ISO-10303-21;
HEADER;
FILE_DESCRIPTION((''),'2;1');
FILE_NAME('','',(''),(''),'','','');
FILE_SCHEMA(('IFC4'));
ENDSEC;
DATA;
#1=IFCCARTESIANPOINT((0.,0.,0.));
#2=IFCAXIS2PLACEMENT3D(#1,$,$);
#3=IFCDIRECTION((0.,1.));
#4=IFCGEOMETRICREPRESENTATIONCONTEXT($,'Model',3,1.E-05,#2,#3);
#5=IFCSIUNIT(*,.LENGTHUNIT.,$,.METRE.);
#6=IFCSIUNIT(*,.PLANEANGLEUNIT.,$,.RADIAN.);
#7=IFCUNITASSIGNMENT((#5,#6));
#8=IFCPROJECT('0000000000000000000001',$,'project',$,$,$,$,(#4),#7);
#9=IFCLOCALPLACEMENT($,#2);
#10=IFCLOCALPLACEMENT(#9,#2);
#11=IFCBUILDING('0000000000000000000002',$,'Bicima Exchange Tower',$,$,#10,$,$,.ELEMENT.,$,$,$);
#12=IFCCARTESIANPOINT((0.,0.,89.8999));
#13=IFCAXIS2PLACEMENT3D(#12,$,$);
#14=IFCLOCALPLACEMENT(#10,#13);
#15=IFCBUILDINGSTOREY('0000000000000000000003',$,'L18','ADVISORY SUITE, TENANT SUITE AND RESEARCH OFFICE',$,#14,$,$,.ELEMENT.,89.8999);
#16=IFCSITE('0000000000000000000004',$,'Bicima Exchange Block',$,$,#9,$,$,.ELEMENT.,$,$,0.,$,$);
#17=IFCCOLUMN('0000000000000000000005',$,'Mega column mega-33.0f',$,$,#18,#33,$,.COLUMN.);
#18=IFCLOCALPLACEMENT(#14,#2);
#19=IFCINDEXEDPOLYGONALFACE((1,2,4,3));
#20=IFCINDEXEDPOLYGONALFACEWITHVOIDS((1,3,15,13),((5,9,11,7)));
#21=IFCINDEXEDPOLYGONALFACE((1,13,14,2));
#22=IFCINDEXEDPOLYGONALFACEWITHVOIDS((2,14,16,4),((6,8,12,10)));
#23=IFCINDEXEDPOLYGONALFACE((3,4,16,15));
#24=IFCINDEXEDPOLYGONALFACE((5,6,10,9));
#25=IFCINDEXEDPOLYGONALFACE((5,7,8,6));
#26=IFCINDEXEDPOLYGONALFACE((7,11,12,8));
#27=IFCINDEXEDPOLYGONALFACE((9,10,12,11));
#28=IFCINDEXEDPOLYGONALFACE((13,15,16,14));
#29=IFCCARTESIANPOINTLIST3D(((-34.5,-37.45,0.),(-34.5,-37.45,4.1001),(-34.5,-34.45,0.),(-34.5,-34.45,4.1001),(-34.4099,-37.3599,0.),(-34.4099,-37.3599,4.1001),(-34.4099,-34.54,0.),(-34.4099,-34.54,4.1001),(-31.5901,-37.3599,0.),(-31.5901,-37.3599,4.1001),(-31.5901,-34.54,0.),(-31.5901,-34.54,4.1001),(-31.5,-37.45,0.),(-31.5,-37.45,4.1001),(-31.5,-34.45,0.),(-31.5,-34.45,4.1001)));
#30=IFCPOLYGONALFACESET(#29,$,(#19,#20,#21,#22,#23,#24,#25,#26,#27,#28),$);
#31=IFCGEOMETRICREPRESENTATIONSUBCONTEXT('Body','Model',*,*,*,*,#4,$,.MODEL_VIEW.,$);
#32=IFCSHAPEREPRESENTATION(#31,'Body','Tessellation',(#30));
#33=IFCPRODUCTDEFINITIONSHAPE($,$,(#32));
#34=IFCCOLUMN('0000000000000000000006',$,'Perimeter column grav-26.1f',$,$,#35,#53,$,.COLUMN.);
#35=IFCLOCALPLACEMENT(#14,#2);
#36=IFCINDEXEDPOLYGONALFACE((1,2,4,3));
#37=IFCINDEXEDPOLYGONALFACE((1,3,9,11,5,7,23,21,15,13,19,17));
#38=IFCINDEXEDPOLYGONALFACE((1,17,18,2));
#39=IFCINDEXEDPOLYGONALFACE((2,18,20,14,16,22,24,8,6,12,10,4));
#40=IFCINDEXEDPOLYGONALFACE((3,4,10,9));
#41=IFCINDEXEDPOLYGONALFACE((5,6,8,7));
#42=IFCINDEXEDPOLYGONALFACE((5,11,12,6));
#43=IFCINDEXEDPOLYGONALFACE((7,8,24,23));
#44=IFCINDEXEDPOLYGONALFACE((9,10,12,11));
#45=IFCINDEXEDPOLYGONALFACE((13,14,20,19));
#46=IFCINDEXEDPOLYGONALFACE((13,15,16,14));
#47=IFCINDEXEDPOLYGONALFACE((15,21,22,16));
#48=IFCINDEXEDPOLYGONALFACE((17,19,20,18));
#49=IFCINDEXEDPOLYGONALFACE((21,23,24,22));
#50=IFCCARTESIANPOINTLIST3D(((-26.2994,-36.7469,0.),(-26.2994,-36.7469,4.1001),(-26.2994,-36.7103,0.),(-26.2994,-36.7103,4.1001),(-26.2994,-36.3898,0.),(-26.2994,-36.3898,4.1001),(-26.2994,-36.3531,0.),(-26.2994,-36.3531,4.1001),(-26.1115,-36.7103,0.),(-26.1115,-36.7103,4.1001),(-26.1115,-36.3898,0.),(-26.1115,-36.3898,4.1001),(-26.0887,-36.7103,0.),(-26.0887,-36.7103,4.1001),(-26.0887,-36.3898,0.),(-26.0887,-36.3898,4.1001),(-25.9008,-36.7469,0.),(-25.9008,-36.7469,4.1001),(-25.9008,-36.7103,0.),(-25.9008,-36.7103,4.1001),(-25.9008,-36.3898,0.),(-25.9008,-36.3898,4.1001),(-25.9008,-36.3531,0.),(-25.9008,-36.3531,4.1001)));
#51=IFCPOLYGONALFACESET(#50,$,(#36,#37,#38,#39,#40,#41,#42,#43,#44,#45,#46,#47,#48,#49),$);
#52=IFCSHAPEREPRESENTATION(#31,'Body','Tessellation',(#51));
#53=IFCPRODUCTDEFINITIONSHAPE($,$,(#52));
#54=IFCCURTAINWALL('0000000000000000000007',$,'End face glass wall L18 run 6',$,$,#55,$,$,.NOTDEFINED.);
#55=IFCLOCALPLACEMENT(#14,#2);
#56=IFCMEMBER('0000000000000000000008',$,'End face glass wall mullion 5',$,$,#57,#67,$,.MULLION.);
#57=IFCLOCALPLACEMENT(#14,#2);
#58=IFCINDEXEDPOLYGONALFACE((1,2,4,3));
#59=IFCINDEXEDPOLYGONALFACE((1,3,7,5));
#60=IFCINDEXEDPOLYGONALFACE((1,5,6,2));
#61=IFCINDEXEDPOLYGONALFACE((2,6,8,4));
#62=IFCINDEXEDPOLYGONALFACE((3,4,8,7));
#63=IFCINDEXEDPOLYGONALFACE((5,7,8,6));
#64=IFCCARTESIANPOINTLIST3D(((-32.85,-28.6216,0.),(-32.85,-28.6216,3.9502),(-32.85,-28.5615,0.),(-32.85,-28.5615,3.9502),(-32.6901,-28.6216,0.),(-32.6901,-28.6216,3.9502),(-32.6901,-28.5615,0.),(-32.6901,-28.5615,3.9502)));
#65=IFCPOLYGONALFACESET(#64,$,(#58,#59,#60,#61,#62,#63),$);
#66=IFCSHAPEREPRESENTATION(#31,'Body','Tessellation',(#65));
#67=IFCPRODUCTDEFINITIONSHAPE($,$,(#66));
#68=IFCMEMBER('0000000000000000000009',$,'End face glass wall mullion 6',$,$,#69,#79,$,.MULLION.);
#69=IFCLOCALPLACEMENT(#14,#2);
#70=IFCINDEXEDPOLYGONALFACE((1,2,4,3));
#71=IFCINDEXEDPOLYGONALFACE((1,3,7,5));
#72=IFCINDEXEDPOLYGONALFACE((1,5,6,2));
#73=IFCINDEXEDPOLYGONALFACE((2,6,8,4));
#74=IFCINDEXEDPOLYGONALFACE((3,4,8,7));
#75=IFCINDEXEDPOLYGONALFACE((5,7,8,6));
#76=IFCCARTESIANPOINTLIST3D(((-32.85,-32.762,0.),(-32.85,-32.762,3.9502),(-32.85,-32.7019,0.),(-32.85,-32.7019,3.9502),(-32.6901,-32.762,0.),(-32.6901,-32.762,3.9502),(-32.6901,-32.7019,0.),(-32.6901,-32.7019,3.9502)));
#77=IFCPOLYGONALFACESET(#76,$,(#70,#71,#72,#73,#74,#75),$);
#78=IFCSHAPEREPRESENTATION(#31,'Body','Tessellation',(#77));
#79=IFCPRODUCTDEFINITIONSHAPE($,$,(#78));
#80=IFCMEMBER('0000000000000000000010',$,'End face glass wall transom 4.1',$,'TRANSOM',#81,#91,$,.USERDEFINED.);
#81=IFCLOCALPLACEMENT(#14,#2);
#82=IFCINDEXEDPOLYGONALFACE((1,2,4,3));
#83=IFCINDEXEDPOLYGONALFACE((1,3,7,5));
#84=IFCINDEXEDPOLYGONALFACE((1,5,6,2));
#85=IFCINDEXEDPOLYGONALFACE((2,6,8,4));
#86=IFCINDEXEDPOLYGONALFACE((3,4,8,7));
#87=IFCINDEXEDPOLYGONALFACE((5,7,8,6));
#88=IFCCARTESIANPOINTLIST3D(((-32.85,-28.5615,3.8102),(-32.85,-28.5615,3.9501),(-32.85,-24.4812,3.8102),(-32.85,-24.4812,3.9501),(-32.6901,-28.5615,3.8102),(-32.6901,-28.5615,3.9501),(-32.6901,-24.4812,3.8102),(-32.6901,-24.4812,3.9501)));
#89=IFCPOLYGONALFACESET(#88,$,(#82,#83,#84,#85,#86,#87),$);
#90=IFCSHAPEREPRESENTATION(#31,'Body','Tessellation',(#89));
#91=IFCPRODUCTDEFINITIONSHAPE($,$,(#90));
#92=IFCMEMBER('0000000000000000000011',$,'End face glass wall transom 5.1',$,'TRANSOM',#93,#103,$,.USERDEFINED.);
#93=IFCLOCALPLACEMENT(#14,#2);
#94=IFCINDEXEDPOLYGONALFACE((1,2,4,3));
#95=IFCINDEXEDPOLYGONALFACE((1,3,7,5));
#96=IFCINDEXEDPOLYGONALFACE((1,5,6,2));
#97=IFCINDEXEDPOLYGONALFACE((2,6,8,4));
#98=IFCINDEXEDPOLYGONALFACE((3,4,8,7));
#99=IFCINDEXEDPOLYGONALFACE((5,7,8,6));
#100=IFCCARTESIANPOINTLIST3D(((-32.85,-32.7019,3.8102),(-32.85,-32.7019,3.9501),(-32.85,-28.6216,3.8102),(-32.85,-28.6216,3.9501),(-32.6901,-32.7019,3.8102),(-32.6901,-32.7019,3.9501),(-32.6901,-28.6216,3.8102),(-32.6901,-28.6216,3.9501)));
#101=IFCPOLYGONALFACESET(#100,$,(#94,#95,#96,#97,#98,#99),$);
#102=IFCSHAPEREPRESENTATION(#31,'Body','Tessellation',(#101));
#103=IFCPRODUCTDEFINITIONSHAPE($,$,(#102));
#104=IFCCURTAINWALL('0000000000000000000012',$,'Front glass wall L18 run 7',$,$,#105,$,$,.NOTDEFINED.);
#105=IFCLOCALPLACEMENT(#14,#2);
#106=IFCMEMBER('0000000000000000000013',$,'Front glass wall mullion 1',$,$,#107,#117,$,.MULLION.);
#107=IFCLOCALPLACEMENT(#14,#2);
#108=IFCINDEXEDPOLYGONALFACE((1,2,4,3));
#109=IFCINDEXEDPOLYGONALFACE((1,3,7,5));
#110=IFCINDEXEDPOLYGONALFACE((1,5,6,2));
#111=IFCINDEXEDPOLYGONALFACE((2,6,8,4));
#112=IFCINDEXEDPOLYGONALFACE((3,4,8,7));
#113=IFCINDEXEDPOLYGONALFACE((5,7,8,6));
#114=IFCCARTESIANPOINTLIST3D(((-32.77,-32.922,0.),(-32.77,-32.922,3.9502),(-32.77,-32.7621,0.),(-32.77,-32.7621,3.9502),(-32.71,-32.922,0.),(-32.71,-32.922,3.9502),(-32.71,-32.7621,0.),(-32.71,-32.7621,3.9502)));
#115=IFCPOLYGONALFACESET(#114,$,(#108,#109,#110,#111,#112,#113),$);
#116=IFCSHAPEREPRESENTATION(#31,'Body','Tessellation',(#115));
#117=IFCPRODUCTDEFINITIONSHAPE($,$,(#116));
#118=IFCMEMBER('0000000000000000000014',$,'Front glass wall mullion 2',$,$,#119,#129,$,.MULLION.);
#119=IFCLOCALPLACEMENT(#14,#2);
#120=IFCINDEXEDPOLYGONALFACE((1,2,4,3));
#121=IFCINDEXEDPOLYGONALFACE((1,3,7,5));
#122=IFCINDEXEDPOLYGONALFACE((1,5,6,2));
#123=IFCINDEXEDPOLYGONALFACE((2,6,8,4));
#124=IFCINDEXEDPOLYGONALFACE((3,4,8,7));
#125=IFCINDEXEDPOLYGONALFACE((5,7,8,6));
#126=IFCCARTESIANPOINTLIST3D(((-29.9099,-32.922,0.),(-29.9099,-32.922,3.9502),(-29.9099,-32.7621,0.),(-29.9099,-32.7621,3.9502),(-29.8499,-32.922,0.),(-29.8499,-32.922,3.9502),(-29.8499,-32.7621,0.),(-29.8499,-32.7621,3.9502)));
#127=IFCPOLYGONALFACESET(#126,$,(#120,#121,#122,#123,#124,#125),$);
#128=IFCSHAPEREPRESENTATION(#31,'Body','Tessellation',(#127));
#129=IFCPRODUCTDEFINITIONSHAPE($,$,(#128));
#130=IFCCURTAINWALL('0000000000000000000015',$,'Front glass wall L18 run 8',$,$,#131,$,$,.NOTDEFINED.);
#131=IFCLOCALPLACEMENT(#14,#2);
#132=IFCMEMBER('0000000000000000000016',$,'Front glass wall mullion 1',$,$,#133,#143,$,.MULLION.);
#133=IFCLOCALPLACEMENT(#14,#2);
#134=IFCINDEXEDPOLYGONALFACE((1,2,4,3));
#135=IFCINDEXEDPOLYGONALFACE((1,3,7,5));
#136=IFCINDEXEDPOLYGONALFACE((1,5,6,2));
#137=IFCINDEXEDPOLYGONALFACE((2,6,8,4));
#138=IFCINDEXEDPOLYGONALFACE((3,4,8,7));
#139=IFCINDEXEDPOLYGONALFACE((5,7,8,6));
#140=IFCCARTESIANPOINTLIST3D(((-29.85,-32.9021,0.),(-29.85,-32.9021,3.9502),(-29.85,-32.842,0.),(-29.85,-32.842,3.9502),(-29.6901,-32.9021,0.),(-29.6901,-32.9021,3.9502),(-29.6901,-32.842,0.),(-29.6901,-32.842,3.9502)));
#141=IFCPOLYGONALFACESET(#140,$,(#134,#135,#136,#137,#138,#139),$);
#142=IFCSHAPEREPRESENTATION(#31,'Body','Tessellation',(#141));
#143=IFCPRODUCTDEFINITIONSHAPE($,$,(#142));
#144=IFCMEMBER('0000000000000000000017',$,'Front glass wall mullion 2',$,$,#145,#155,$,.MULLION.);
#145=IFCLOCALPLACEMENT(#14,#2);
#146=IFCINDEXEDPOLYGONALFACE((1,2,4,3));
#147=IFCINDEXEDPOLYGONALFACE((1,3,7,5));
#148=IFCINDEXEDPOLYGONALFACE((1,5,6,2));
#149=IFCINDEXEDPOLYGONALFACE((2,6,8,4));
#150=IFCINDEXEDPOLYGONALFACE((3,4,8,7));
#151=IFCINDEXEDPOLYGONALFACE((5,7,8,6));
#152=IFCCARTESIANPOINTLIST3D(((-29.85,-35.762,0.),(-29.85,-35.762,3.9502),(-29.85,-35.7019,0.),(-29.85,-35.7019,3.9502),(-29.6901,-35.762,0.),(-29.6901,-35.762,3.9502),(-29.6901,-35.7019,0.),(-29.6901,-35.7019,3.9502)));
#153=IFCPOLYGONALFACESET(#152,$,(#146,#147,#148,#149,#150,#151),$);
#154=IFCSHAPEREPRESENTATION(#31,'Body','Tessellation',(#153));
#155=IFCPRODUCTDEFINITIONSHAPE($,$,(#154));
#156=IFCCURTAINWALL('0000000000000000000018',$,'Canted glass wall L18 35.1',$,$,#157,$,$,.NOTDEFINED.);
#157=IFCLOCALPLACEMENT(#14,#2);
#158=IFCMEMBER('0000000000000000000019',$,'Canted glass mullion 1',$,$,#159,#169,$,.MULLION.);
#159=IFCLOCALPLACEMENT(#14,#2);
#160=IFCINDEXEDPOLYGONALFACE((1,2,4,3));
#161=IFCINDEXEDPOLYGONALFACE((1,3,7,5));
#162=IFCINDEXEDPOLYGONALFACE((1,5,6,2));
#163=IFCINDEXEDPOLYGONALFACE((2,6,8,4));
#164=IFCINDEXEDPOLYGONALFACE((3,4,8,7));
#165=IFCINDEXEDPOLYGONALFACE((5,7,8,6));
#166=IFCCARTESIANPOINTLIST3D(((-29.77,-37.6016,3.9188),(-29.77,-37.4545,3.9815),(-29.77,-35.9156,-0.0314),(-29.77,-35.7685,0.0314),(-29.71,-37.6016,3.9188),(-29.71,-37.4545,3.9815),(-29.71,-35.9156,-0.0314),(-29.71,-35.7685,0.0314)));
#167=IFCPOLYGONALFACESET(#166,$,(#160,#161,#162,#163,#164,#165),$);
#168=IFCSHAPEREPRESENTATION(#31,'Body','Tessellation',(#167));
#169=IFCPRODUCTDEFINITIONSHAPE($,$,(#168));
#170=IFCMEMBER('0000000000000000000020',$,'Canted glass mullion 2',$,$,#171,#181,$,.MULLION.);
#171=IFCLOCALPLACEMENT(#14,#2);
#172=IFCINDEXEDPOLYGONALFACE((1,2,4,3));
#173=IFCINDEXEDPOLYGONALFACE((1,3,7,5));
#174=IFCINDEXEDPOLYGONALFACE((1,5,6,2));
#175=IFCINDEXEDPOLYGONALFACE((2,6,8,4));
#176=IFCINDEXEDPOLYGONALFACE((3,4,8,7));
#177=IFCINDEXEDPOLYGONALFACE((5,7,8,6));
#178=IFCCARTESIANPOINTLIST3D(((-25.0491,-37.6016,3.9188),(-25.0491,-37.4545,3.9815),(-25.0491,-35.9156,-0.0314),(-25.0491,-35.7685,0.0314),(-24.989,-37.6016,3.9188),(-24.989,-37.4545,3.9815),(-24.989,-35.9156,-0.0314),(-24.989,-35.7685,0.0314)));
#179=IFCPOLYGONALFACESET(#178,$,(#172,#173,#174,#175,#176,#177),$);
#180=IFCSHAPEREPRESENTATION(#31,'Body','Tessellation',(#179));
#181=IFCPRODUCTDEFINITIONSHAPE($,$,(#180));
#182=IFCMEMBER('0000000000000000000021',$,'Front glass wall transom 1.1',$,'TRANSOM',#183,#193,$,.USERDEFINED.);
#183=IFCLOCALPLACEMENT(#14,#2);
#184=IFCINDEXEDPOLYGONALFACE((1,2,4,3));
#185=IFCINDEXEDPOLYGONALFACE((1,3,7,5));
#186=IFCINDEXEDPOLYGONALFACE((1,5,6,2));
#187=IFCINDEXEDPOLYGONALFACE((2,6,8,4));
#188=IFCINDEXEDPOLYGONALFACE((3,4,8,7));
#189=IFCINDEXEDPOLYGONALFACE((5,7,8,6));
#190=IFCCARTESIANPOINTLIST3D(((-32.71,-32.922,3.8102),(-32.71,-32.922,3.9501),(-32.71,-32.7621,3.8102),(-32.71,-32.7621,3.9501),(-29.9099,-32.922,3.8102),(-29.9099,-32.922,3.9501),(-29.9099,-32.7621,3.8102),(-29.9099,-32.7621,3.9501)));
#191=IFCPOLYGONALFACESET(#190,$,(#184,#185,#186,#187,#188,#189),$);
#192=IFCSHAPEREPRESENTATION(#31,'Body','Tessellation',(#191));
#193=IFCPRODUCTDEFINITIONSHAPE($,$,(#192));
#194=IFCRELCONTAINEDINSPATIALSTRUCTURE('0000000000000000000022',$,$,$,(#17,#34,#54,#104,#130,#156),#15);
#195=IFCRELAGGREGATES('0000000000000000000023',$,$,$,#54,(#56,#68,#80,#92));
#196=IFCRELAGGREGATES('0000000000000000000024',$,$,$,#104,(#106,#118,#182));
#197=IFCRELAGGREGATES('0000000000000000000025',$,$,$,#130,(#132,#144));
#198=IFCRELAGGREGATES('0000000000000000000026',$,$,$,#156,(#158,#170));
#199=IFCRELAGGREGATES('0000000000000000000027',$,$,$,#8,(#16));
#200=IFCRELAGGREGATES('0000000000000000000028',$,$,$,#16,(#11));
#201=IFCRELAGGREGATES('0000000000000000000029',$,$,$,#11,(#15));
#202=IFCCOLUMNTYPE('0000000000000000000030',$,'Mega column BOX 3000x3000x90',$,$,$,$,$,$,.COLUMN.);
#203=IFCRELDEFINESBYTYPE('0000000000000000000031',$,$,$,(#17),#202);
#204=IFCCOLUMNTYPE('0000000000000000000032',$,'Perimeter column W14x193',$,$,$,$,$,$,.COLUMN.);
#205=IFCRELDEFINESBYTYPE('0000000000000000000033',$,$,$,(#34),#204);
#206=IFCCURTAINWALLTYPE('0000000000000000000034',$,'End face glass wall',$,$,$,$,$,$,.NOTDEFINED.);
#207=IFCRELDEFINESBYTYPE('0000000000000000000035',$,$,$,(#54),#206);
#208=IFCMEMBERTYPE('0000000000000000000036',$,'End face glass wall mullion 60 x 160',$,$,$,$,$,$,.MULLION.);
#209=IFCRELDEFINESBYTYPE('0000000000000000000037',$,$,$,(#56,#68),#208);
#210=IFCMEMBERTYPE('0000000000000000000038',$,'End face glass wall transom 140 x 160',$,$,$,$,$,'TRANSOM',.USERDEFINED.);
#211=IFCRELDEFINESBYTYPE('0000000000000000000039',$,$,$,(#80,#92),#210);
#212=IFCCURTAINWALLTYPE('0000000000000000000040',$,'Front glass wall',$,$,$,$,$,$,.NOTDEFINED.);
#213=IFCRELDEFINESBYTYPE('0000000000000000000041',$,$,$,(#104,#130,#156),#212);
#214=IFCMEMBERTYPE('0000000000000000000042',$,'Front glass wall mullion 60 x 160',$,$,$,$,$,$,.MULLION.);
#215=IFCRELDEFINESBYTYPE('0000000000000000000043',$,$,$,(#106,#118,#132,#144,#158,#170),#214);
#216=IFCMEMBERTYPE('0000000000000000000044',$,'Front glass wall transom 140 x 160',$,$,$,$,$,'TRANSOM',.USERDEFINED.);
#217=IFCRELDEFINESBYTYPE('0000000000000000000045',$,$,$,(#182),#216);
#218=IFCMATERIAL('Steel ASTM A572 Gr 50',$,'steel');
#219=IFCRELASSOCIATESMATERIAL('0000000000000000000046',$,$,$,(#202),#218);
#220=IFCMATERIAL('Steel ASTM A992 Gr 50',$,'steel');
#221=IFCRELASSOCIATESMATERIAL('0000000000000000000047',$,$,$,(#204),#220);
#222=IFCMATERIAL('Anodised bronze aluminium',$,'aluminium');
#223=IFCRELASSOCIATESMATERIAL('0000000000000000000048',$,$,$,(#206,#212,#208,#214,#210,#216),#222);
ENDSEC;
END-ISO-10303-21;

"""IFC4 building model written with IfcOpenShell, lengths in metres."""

from ifc_helpers import new_model, si_unit, direction, frame, origin, origin_2d, place, context, subcontext, project, spatial, rectangle, hollow_rectangle, i_section, extrude, material, material_profile, profile_set, type_object, element, aggregate, save


model = new_model("IFC4")

# Units and contexts
model_context = context("Model", 3, precision=1e-05, world=origin(), true_north=direction((0.0, 1.0)))
body_context = subcontext(model_context, "Body", "Model", "MODEL_VIEW")
ifc_project = project(units=[si_unit("LENGTHUNIT", "METRE"), si_unit("PLANEANGLEUNIT", "RADIAN")], contexts=[model_context])

# Site, building, storey
site_placement = place(None, origin())
site = spatial("IfcSite", under=ifc_project, at=site_placement, Name="Bicima Exchange Block", CompositionType="ELEMENT", RefElevation=0.0)
building_placement = place(site_placement, origin())
building = spatial("IfcBuilding", under=site, at=building_placement, Name="Bicima Exchange Tower", CompositionType="ELEMENT")
storey_placement = place(building_placement, frame((0.0, 0.0, 89.8999)))
storey = spatial("IfcBuildingStorey", under=building, at=storey_placement, Name="L18", Description="ADVISORY SUITE, TENANT SUITE AND RESEARCH OFFICE", CompositionType="ELEMENT", Elevation=89.8999)

# Columns
ifc_material_1 = material(Name="Steel ASTM A572 Gr 50", Category="steel")
ifc_material_profile_1 = material_profile(ifc_material_1, hollow_rectangle(XDim=3.0, YDim=3.0, WallThickness=0.0901, at=origin_2d()))
ifc_profile_set_1 = profile_set([ifc_material_profile_1], Name="Steel ASTM A572 Gr 50")
column_type_1 = type_object("IfcColumnType", Name="Mega column BOX 3000x3000x90", PredefinedType="COLUMN", material=ifc_profile_set_1)
column_1_placement = place(storey_placement, frame((-33.0, -35.95, 0.0), z_axis=(0.0, 0.0, 1.0), x_axis=(1.0, 0.0, 0.0)))
element("IfcColumn", 1, at=column_1_placement, inside=storey, type_object=column_type_1, Name="Mega column mega-33.0f", PredefinedType="COLUMN", context=body_context, shape_type="SweptSolid", body=[
    extrude(hollow_rectangle(XDim=3.0, YDim=3.0, WallThickness=0.0901, at=origin_2d()), origin(), (0.0, 0.0, 1.0), 4.1001),
])
ifc_material_2 = material(Name="Steel ASTM A992 Gr 50", Category="steel")
ifc_material_profile_2 = material_profile(ifc_material_2, i_section(OverallWidth=0.3987, OverallDepth=0.3938, WebThickness=0.0227, FlangeThickness=0.0366, at=origin_2d()))
ifc_profile_set_2 = profile_set([ifc_material_profile_2], Name="Steel ASTM A992 Gr 50")
column_type_2 = type_object("IfcColumnType", Name="Perimeter column W14x193", PredefinedType="COLUMN", material=ifc_profile_set_2)
column_2_placement = place(storey_placement, frame((-26.1001, -36.55, 0.0), z_axis=(0.0, 0.0, 1.0), x_axis=(1.0, 0.0, 0.0)))
element("IfcColumn", 2, at=column_2_placement, inside=storey, type_object=column_type_2, Name="Perimeter column grav-26.1f", PredefinedType="COLUMN", context=body_context, shape_type="SweptSolid", body=[
    extrude(i_section(OverallWidth=0.3987, OverallDepth=0.3938, WebThickness=0.0227, FlangeThickness=0.0366, at=origin_2d()), origin(), (0.0, 0.0, 1.0), 4.1001),
])

# Curtain walls, members
ifc_material_3 = material(Name="Anodised bronze aluminium", Category="aluminium")
curtain_wall_type_1 = type_object("IfcCurtainWallType", Name="End face glass wall", PredefinedType="NOTDEFINED", material=ifc_material_3)
curtain_wall_1_placement = place(storey_placement, origin())
curtain_wall_1 = element("IfcCurtainWall", 3, at=curtain_wall_1_placement, inside=storey, type_object=curtain_wall_type_1, Name="End face glass wall L18 run 6", PredefinedType="NOTDEFINED")
ifc_material_profile_3 = material_profile(ifc_material_3, rectangle(XDim=0.1599, YDim=0.0601, at=origin_2d()))
ifc_profile_set_3 = profile_set([ifc_material_profile_3], Name="Anodised bronze aluminium")
member_type_1 = type_object("IfcMemberType", Name="End face glass wall mullion 60 x 160", PredefinedType="MULLION", material=ifc_profile_set_3)
member_1_placement = place(storey_placement, frame((-32.77, -28.5916, 0.0), z_axis=(0.0, 0.0, 1.0), x_axis=(1.0, 0.0, 0.0)))
member_1 = element("IfcMember", 4, at=member_1_placement, type_object=member_type_1, Name="End face glass wall mullion 5", PredefinedType="MULLION", context=body_context, shape_type="SweptSolid", body=[
    extrude(rectangle(XDim=0.1599, YDim=0.0601, at=origin_2d()), origin(), (0.0, 0.0, 1.0), 3.9502),
])
member_2_placement = place(storey_placement, frame((-32.77, -32.7319, 0.0), z_axis=(0.0, 0.0, 1.0), x_axis=(1.0, 0.0, 0.0)))
member_2 = element("IfcMember", 5, at=member_2_placement, type_object=member_type_1, Name="End face glass wall mullion 6", PredefinedType="MULLION", context=body_context, shape_type="SweptSolid", body=[
    extrude(rectangle(XDim=0.1599, YDim=0.0601, at=origin_2d()), origin(), (0.0, 0.0, 1.0), 3.9502),
])
ifc_material_profile_4 = material_profile(ifc_material_3, rectangle(XDim=0.1599, YDim=0.1399, at=origin_2d()))
ifc_profile_set_4 = profile_set([ifc_material_profile_4], Name="Anodised bronze aluminium")
member_type_2 = type_object("IfcMemberType", Name="End face glass wall transom 140 x 160", ElementType="TRANSOM", PredefinedType="USERDEFINED", material=ifc_profile_set_4)
member_3_placement = place(storey_placement, frame((-32.77, -24.4812, 3.8801), z_axis=(0.0, -1.0, 0.0), x_axis=(1.0, 0.0, 0.0)))
member_3 = element("IfcMember", 6, at=member_3_placement, type_object=member_type_2, Name="End face glass wall transom 4.1", ObjectType="TRANSOM", PredefinedType="USERDEFINED", context=body_context, shape_type="SweptSolid", body=[
    extrude(rectangle(XDim=0.1599, YDim=0.1399, at=origin_2d()), origin(), (0.0, 0.0, 1.0), 4.0803),
])
member_4_placement = place(storey_placement, frame((-32.77, -28.6216, 3.8801), z_axis=(0.0, -1.0, 0.0), x_axis=(1.0, 0.0, 0.0)))
member_4 = element("IfcMember", 7, at=member_4_placement, type_object=member_type_2, Name="End face glass wall transom 5.1", ObjectType="TRANSOM", PredefinedType="USERDEFINED", context=body_context, shape_type="SweptSolid", body=[
    extrude(rectangle(XDim=0.1599, YDim=0.1399, at=origin_2d()), origin(), (0.0, 0.0, 1.0), 4.0803),
])
curtain_wall_type_2 = type_object("IfcCurtainWallType", Name="Front glass wall", PredefinedType="NOTDEFINED", material=ifc_material_3)
curtain_wall_2_placement = place(storey_placement, origin())
curtain_wall_2 = element("IfcCurtainWall", 8, at=curtain_wall_2_placement, inside=storey, type_object=curtain_wall_type_2, Name="Front glass wall L18 run 7", PredefinedType="NOTDEFINED")
member_type_3 = type_object("IfcMemberType", Name="Front glass wall mullion 60 x 160", PredefinedType="MULLION", material=ifc_profile_set_3)
member_5_placement = place(storey_placement, frame((-32.74, -32.842, 0.0), z_axis=(0.0, 0.0, 1.0), x_axis=(0.0, 1.0, 0.0)))
member_5 = element("IfcMember", 9, at=member_5_placement, type_object=member_type_3, Name="Front glass wall mullion 1", PredefinedType="MULLION", context=body_context, shape_type="SweptSolid", body=[
    extrude(rectangle(XDim=0.1599, YDim=0.0601, at=origin_2d()), origin(), (0.0, 0.0, 1.0), 3.9502),
])
member_6_placement = place(storey_placement, frame((-29.8799, -32.842, 0.0), z_axis=(0.0, 0.0, 1.0), x_axis=(0.0, 1.0, 0.0)))
member_6 = element("IfcMember", 10, at=member_6_placement, type_object=member_type_3, Name="Front glass wall mullion 2", PredefinedType="MULLION", context=body_context, shape_type="SweptSolid", body=[
    extrude(rectangle(XDim=0.1599, YDim=0.0601, at=origin_2d()), origin(), (0.0, 0.0, 1.0), 3.9502),
])
curtain_wall_3_placement = place(storey_placement, origin())
curtain_wall_3 = element("IfcCurtainWall", 11, at=curtain_wall_3_placement, inside=storey, type_object=curtain_wall_type_2, Name="Front glass wall L18 run 8", PredefinedType="NOTDEFINED")
member_7_placement = place(storey_placement, frame((-29.77, -32.8721, 0.0), z_axis=(0.0, 0.0, 1.0), x_axis=(1.0, 0.0, 0.0)))
member_7 = element("IfcMember", 12, at=member_7_placement, type_object=member_type_3, Name="Front glass wall mullion 1", PredefinedType="MULLION", context=body_context, shape_type="SweptSolid", body=[
    extrude(rectangle(XDim=0.1599, YDim=0.0601, at=origin_2d()), origin(), (0.0, 0.0, 1.0), 3.9502),
])
member_8_placement = place(storey_placement, frame((-29.77, -35.7319, 0.0), z_axis=(0.0, 0.0, 1.0), x_axis=(1.0, 0.0, 0.0)))
member_8 = element("IfcMember", 13, at=member_8_placement, type_object=member_type_3, Name="Front glass wall mullion 2", PredefinedType="MULLION", context=body_context, shape_type="SweptSolid", body=[
    extrude(rectangle(XDim=0.1599, YDim=0.0601, at=origin_2d()), origin(), (0.0, 0.0, 1.0), 3.9502),
])
curtain_wall_4_placement = place(storey_placement, origin())
curtain_wall_4 = element("IfcCurtainWall", 14, at=curtain_wall_4_placement, inside=storey, type_object=curtain_wall_type_2, Name="Canted glass wall L18 35.1", PredefinedType="NOTDEFINED")
member_9_placement = place(storey_placement, frame((-29.74, -35.842, 0.0), z_axis=(0.0, -0.392561, 0.919726), x_axis=(0.0, 0.919726, 0.392561)))
member_9 = element("IfcMember", 15, at=member_9_placement, type_object=member_type_3, Name="Canted glass mullion 1", PredefinedType="MULLION", context=body_context, shape_type="SweptSolid", body=[
    extrude(rectangle(XDim=0.1599, YDim=0.0601, at=origin_2d()), origin(), (0.0, 0.0, 1.0), 4.2949),
])
member_10_placement = place(storey_placement, frame((-25.019, -35.842, 0.0), z_axis=(0.0, -0.392561, 0.919726), x_axis=(0.0, 0.919726, 0.392561)))
member_10 = element("IfcMember", 16, at=member_10_placement, type_object=member_type_3, Name="Canted glass mullion 2", PredefinedType="MULLION", context=body_context, shape_type="SweptSolid", body=[
    extrude(rectangle(XDim=0.1599, YDim=0.0601, at=origin_2d()), origin(), (0.0, 0.0, 1.0), 4.2949),
])

# Member
member_type_4 = type_object("IfcMemberType", Name="Front glass wall transom 140 x 160", ElementType="TRANSOM", PredefinedType="USERDEFINED", material=ifc_profile_set_4)
member_11_placement = place(storey_placement, frame((-32.71, -32.842, 3.8801), z_axis=(1.0, 0.0, 0.0), x_axis=(0.0, 1.0, 0.0)))
member_11 = element("IfcMember", 17, at=member_11_placement, type_object=member_type_4, Name="Front glass wall transom 1.1", ObjectType="TRANSOM", PredefinedType="USERDEFINED", context=body_context, shape_type="SweptSolid", body=[
    extrude(rectangle(XDim=0.1599, YDim=0.1399, at=origin_2d()), origin(), (0.0, 0.0, 1.0), 2.8),
])

aggregate(curtain_wall_1, [member_1, member_2, member_3, member_4])
aggregate(curtain_wall_2, [member_5, member_6, member_11])
aggregate(curtain_wall_3, [member_7, member_8])
aggregate(curtain_wall_4, [member_9, member_10])

save(model, "model.ifc")
